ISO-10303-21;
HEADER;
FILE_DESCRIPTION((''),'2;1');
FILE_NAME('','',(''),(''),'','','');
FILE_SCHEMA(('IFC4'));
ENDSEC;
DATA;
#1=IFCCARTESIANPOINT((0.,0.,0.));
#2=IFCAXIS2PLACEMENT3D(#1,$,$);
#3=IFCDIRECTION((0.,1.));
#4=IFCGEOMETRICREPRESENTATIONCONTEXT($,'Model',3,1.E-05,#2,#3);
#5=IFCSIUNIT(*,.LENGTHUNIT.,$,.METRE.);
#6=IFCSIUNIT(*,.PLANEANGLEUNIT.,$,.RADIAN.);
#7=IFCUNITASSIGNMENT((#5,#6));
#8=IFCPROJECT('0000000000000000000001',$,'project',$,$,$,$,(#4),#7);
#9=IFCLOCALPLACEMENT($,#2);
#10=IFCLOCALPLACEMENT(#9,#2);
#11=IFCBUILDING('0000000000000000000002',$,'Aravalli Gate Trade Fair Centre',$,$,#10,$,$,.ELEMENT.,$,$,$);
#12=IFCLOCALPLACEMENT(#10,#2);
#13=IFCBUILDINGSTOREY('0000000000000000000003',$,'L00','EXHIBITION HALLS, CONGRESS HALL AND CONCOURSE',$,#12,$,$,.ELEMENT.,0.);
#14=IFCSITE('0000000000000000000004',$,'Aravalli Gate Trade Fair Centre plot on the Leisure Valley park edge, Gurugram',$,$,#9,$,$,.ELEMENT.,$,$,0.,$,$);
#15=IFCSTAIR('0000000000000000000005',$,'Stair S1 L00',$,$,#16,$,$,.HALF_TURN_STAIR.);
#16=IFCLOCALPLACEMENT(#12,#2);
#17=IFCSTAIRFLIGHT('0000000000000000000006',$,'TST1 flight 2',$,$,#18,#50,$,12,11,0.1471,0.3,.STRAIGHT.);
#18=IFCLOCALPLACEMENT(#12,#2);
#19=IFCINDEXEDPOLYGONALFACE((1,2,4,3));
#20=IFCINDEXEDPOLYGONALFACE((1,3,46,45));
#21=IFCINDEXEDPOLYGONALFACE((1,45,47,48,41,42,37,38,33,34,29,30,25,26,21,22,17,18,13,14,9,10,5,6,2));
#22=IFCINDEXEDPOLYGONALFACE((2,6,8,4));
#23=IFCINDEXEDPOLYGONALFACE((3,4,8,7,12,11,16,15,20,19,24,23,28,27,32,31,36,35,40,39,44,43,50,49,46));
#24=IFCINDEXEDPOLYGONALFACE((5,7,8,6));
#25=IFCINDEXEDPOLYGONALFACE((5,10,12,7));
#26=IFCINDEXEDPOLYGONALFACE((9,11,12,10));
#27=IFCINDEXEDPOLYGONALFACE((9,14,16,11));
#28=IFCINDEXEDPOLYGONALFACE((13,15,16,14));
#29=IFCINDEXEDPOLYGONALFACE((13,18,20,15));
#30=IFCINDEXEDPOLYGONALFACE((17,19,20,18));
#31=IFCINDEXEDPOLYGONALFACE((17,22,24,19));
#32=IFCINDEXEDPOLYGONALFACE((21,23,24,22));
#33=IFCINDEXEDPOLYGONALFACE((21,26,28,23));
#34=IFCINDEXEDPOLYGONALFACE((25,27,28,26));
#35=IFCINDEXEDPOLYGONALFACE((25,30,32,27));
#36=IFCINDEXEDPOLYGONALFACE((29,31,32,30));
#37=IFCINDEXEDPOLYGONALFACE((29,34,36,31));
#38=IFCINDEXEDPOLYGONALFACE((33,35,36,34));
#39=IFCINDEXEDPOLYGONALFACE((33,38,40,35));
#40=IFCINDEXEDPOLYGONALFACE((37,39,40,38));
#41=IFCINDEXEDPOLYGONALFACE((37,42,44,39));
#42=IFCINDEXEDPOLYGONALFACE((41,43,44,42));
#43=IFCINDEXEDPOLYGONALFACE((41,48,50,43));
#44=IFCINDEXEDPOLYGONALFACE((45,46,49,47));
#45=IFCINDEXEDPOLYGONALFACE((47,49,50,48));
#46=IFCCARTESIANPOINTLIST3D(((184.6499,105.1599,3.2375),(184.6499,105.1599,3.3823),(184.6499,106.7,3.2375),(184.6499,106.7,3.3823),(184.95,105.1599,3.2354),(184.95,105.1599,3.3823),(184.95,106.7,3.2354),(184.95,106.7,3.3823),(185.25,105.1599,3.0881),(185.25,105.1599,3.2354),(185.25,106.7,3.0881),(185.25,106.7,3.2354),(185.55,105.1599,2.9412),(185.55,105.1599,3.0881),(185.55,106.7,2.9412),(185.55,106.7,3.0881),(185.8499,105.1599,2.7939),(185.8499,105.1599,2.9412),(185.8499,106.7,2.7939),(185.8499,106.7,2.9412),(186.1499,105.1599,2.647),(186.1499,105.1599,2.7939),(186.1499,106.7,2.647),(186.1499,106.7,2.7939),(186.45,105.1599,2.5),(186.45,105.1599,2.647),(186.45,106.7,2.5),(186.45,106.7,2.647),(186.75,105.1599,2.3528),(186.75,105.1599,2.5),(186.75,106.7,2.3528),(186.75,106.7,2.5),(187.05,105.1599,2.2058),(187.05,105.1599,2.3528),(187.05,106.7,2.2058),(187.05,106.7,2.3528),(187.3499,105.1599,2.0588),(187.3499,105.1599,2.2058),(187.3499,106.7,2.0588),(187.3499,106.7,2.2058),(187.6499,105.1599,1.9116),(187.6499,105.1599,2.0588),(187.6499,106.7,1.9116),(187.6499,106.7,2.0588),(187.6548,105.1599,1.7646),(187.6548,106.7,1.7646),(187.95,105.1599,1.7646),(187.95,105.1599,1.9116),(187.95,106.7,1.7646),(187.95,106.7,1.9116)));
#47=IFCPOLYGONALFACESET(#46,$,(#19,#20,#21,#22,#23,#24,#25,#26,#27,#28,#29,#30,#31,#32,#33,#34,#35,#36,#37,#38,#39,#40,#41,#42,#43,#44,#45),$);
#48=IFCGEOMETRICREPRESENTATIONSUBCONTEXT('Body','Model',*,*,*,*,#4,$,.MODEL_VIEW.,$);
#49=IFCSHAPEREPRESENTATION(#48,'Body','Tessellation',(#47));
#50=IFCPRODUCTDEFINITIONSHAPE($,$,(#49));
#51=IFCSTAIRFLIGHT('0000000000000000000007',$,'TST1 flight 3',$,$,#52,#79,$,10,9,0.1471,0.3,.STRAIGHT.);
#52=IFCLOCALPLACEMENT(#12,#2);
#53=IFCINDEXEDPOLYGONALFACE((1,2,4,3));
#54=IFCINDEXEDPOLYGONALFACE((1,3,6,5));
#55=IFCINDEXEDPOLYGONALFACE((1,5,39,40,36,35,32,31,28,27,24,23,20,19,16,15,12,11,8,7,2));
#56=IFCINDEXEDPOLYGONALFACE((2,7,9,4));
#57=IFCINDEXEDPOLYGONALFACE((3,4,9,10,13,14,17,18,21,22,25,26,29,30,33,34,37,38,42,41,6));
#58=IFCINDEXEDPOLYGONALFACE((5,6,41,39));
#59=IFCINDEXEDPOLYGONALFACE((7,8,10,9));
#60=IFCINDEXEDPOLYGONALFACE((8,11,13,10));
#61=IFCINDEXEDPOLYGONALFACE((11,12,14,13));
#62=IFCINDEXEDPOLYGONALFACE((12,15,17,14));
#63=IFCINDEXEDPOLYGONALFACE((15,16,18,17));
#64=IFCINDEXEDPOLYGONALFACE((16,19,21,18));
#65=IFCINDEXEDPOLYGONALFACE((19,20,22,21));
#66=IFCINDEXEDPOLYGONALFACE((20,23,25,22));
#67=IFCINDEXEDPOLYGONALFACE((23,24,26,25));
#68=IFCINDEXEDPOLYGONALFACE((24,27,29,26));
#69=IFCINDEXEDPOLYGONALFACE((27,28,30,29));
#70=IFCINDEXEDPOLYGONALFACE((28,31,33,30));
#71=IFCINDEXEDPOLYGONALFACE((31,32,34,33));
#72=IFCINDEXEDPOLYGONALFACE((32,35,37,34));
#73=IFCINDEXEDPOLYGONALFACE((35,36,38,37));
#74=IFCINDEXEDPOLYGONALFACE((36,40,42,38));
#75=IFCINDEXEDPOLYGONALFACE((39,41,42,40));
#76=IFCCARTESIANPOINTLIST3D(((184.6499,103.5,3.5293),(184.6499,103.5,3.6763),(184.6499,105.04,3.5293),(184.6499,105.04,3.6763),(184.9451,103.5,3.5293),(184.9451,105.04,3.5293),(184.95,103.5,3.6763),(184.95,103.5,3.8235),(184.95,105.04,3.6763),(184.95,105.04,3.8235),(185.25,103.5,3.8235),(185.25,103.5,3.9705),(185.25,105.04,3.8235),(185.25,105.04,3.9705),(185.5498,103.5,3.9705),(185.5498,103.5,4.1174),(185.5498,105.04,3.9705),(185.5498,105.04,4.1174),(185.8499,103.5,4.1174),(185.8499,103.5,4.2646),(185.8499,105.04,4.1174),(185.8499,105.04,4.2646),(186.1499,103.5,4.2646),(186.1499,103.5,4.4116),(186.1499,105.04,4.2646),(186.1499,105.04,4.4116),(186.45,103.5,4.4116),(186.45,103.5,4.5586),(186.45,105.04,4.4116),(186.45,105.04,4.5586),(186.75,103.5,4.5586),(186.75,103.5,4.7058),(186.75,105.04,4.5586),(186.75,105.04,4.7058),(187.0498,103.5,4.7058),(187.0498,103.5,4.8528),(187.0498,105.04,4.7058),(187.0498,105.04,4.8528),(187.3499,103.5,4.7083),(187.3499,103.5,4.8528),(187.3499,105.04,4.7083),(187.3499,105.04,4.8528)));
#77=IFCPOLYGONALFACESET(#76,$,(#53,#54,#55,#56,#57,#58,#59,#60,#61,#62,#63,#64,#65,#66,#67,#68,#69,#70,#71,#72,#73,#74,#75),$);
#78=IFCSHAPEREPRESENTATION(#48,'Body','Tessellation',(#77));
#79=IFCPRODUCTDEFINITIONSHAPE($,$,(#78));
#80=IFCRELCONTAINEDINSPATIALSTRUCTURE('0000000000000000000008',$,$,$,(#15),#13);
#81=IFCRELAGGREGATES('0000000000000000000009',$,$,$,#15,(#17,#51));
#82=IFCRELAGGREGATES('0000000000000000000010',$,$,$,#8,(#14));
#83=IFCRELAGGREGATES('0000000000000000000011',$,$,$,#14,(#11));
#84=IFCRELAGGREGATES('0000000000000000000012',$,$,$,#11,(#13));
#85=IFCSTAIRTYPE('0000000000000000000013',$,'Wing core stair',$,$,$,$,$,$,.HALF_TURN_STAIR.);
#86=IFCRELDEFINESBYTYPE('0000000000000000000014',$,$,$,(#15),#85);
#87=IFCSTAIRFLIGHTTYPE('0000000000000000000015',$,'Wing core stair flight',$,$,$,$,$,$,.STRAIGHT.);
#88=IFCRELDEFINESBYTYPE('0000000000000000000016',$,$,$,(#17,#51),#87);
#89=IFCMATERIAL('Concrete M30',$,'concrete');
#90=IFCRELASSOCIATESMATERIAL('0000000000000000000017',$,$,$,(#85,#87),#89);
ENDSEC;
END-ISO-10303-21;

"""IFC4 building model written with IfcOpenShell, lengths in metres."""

from ifc_helpers import new_model, si_unit, direction, frame, origin, place, context, subcontext, project, spatial, polyline, outline, extrude, material, type_object, element, aggregate, save


model = new_model("IFC4")

# Units and contexts
model_context = context("Model", 3, precision=1e-05, world=origin(), true_north=direction((0.0, 1.0)))
body_context = subcontext(model_context, "Body", "Model", "MODEL_VIEW")
ifc_project = project(units=[si_unit("LENGTHUNIT", "METRE"), si_unit("PLANEANGLEUNIT", "RADIAN")], contexts=[model_context])

# Site, building, storey
site_placement = place(None, origin())
site = spatial("IfcSite", under=ifc_project, at=site_placement, Name="Aravalli Gate Trade Fair Centre plot on the Leisure Valley park edge, Gurugram", CompositionType="ELEMENT", RefElevation=0.0)
building_placement = place(site_placement, origin())
building = spatial("IfcBuilding", under=site, at=building_placement, Name="Aravalli Gate Trade Fair Centre", CompositionType="ELEMENT")
storey_placement = place(building_placement, origin())
storey = spatial("IfcBuildingStorey", under=building, at=storey_placement, Name="L00", Description="EXHIBITION HALLS, CONGRESS HALL AND CONCOURSE", CompositionType="ELEMENT", Elevation=0.0)

# Stair, stair flights
ifc_material_1 = material(Name="Concrete M30", Category="concrete")
stair_type = type_object("IfcStairType", Name="Wing core stair", PredefinedType="HALF_TURN_STAIR", material=ifc_material_1)
stair_placement = place(storey_placement, origin())
stair = element("IfcStair", 1, at=stair_placement, inside=storey, type_object=stair_type, Name="Stair S1 L00", PredefinedType="HALF_TURN_STAIR")
stair_flight_type = type_object("IfcStairFlightType", Name="Wing core stair flight", PredefinedType="STRAIGHT", material=ifc_material_1)
stair_flight_1_placement = place(storey_placement, frame((187.95, 105.9299, 1.7646), z_axis=(0.0, 0.0, 1.0), x_axis=(-1.0, 0.0, 0.0)))
stair_flight_1 = element("IfcStairFlight", 2, at=stair_flight_1_placement, type_object=stair_flight_type, Name="TST1 flight 2", NumberOfRisers=12, NumberOfTreads=11, PredefinedType="STRAIGHT", RiserHeight=0.1471, TreadLength=0.3, context=body_context, shape_type="SweptSolid", body=[
    extrude(outline(polyline([(0.0, 0.0), (0.0, 0.147), (0.3, 0.147), (0.3, 0.2942), (0.6001, 0.2942), (0.6001, 0.4412), (0.8999, 0.4412), (0.8999, 0.5881), (1.2, 0.5881), (1.2, 0.7354), (1.5, 0.7354), (1.5, 0.8823), (1.8, 0.8823), (1.8, 1.0293), (2.1001, 1.0293), (2.1001, 1.1765), (2.3999, 1.1765), (2.3999, 1.3235), (2.7, 1.3235), (2.7, 1.4707), (3.0, 1.4707), (3.0, 1.6177), (3.3, 1.6177), (3.3, 1.7646), (3.3, 1.4729), (0.2952, 0.0), (0.0, 0.0)])), frame((0.0, 0.77, 0.0), z_axis=(0.0, -1.0, 0.0), x_axis=(1.0, 0.0, 0.0)), (0.0, 0.0, 1.0), 1.54),
])
stair_flight_2_placement = place(storey_placement, frame((184.6499, 104.27, 3.5293), z_axis=(0.0, 0.0, 1.0), x_axis=(1.0, 0.0, 0.0)))
stair_flight_2 = element("IfcStairFlight", 3, at=stair_flight_2_placement, type_object=stair_flight_type, Name="TST1 flight 3", NumberOfRisers=10, NumberOfTreads=9, PredefinedType="STRAIGHT", RiserHeight=0.1471, TreadLength=0.3, context=body_context, shape_type="SweptSolid", body=[
    extrude(outline(polyline([(0.0, 0.0), (0.0, 0.147), (0.3, 0.147), (0.3, 0.2942), (0.6001, 0.2942), (0.6001, 0.4412), (0.8999, 0.4412), (0.8999, 0.5881), (1.2, 0.5881), (1.2, 0.7354), (1.5, 0.7354), (1.5, 0.8823), (1.8, 0.8823), (1.8, 1.0293), (2.1001, 1.0293), (2.1001, 1.1765), (2.3999, 1.1765), (2.3999, 1.3235), (2.7, 1.3235), (2.7, 1.4707), (2.7, 1.179), (0.2952, 0.0), (0.0, 0.0)])), frame((0.0, 0.77, 0.0), z_axis=(0.0, -1.0, 0.0), x_axis=(1.0, 0.0, 0.0)), (0.0, 0.0, 1.0), 1.54),
])
aggregate(stair, [stair_flight_1, stair_flight_2])

save(model, "model.ifc")
